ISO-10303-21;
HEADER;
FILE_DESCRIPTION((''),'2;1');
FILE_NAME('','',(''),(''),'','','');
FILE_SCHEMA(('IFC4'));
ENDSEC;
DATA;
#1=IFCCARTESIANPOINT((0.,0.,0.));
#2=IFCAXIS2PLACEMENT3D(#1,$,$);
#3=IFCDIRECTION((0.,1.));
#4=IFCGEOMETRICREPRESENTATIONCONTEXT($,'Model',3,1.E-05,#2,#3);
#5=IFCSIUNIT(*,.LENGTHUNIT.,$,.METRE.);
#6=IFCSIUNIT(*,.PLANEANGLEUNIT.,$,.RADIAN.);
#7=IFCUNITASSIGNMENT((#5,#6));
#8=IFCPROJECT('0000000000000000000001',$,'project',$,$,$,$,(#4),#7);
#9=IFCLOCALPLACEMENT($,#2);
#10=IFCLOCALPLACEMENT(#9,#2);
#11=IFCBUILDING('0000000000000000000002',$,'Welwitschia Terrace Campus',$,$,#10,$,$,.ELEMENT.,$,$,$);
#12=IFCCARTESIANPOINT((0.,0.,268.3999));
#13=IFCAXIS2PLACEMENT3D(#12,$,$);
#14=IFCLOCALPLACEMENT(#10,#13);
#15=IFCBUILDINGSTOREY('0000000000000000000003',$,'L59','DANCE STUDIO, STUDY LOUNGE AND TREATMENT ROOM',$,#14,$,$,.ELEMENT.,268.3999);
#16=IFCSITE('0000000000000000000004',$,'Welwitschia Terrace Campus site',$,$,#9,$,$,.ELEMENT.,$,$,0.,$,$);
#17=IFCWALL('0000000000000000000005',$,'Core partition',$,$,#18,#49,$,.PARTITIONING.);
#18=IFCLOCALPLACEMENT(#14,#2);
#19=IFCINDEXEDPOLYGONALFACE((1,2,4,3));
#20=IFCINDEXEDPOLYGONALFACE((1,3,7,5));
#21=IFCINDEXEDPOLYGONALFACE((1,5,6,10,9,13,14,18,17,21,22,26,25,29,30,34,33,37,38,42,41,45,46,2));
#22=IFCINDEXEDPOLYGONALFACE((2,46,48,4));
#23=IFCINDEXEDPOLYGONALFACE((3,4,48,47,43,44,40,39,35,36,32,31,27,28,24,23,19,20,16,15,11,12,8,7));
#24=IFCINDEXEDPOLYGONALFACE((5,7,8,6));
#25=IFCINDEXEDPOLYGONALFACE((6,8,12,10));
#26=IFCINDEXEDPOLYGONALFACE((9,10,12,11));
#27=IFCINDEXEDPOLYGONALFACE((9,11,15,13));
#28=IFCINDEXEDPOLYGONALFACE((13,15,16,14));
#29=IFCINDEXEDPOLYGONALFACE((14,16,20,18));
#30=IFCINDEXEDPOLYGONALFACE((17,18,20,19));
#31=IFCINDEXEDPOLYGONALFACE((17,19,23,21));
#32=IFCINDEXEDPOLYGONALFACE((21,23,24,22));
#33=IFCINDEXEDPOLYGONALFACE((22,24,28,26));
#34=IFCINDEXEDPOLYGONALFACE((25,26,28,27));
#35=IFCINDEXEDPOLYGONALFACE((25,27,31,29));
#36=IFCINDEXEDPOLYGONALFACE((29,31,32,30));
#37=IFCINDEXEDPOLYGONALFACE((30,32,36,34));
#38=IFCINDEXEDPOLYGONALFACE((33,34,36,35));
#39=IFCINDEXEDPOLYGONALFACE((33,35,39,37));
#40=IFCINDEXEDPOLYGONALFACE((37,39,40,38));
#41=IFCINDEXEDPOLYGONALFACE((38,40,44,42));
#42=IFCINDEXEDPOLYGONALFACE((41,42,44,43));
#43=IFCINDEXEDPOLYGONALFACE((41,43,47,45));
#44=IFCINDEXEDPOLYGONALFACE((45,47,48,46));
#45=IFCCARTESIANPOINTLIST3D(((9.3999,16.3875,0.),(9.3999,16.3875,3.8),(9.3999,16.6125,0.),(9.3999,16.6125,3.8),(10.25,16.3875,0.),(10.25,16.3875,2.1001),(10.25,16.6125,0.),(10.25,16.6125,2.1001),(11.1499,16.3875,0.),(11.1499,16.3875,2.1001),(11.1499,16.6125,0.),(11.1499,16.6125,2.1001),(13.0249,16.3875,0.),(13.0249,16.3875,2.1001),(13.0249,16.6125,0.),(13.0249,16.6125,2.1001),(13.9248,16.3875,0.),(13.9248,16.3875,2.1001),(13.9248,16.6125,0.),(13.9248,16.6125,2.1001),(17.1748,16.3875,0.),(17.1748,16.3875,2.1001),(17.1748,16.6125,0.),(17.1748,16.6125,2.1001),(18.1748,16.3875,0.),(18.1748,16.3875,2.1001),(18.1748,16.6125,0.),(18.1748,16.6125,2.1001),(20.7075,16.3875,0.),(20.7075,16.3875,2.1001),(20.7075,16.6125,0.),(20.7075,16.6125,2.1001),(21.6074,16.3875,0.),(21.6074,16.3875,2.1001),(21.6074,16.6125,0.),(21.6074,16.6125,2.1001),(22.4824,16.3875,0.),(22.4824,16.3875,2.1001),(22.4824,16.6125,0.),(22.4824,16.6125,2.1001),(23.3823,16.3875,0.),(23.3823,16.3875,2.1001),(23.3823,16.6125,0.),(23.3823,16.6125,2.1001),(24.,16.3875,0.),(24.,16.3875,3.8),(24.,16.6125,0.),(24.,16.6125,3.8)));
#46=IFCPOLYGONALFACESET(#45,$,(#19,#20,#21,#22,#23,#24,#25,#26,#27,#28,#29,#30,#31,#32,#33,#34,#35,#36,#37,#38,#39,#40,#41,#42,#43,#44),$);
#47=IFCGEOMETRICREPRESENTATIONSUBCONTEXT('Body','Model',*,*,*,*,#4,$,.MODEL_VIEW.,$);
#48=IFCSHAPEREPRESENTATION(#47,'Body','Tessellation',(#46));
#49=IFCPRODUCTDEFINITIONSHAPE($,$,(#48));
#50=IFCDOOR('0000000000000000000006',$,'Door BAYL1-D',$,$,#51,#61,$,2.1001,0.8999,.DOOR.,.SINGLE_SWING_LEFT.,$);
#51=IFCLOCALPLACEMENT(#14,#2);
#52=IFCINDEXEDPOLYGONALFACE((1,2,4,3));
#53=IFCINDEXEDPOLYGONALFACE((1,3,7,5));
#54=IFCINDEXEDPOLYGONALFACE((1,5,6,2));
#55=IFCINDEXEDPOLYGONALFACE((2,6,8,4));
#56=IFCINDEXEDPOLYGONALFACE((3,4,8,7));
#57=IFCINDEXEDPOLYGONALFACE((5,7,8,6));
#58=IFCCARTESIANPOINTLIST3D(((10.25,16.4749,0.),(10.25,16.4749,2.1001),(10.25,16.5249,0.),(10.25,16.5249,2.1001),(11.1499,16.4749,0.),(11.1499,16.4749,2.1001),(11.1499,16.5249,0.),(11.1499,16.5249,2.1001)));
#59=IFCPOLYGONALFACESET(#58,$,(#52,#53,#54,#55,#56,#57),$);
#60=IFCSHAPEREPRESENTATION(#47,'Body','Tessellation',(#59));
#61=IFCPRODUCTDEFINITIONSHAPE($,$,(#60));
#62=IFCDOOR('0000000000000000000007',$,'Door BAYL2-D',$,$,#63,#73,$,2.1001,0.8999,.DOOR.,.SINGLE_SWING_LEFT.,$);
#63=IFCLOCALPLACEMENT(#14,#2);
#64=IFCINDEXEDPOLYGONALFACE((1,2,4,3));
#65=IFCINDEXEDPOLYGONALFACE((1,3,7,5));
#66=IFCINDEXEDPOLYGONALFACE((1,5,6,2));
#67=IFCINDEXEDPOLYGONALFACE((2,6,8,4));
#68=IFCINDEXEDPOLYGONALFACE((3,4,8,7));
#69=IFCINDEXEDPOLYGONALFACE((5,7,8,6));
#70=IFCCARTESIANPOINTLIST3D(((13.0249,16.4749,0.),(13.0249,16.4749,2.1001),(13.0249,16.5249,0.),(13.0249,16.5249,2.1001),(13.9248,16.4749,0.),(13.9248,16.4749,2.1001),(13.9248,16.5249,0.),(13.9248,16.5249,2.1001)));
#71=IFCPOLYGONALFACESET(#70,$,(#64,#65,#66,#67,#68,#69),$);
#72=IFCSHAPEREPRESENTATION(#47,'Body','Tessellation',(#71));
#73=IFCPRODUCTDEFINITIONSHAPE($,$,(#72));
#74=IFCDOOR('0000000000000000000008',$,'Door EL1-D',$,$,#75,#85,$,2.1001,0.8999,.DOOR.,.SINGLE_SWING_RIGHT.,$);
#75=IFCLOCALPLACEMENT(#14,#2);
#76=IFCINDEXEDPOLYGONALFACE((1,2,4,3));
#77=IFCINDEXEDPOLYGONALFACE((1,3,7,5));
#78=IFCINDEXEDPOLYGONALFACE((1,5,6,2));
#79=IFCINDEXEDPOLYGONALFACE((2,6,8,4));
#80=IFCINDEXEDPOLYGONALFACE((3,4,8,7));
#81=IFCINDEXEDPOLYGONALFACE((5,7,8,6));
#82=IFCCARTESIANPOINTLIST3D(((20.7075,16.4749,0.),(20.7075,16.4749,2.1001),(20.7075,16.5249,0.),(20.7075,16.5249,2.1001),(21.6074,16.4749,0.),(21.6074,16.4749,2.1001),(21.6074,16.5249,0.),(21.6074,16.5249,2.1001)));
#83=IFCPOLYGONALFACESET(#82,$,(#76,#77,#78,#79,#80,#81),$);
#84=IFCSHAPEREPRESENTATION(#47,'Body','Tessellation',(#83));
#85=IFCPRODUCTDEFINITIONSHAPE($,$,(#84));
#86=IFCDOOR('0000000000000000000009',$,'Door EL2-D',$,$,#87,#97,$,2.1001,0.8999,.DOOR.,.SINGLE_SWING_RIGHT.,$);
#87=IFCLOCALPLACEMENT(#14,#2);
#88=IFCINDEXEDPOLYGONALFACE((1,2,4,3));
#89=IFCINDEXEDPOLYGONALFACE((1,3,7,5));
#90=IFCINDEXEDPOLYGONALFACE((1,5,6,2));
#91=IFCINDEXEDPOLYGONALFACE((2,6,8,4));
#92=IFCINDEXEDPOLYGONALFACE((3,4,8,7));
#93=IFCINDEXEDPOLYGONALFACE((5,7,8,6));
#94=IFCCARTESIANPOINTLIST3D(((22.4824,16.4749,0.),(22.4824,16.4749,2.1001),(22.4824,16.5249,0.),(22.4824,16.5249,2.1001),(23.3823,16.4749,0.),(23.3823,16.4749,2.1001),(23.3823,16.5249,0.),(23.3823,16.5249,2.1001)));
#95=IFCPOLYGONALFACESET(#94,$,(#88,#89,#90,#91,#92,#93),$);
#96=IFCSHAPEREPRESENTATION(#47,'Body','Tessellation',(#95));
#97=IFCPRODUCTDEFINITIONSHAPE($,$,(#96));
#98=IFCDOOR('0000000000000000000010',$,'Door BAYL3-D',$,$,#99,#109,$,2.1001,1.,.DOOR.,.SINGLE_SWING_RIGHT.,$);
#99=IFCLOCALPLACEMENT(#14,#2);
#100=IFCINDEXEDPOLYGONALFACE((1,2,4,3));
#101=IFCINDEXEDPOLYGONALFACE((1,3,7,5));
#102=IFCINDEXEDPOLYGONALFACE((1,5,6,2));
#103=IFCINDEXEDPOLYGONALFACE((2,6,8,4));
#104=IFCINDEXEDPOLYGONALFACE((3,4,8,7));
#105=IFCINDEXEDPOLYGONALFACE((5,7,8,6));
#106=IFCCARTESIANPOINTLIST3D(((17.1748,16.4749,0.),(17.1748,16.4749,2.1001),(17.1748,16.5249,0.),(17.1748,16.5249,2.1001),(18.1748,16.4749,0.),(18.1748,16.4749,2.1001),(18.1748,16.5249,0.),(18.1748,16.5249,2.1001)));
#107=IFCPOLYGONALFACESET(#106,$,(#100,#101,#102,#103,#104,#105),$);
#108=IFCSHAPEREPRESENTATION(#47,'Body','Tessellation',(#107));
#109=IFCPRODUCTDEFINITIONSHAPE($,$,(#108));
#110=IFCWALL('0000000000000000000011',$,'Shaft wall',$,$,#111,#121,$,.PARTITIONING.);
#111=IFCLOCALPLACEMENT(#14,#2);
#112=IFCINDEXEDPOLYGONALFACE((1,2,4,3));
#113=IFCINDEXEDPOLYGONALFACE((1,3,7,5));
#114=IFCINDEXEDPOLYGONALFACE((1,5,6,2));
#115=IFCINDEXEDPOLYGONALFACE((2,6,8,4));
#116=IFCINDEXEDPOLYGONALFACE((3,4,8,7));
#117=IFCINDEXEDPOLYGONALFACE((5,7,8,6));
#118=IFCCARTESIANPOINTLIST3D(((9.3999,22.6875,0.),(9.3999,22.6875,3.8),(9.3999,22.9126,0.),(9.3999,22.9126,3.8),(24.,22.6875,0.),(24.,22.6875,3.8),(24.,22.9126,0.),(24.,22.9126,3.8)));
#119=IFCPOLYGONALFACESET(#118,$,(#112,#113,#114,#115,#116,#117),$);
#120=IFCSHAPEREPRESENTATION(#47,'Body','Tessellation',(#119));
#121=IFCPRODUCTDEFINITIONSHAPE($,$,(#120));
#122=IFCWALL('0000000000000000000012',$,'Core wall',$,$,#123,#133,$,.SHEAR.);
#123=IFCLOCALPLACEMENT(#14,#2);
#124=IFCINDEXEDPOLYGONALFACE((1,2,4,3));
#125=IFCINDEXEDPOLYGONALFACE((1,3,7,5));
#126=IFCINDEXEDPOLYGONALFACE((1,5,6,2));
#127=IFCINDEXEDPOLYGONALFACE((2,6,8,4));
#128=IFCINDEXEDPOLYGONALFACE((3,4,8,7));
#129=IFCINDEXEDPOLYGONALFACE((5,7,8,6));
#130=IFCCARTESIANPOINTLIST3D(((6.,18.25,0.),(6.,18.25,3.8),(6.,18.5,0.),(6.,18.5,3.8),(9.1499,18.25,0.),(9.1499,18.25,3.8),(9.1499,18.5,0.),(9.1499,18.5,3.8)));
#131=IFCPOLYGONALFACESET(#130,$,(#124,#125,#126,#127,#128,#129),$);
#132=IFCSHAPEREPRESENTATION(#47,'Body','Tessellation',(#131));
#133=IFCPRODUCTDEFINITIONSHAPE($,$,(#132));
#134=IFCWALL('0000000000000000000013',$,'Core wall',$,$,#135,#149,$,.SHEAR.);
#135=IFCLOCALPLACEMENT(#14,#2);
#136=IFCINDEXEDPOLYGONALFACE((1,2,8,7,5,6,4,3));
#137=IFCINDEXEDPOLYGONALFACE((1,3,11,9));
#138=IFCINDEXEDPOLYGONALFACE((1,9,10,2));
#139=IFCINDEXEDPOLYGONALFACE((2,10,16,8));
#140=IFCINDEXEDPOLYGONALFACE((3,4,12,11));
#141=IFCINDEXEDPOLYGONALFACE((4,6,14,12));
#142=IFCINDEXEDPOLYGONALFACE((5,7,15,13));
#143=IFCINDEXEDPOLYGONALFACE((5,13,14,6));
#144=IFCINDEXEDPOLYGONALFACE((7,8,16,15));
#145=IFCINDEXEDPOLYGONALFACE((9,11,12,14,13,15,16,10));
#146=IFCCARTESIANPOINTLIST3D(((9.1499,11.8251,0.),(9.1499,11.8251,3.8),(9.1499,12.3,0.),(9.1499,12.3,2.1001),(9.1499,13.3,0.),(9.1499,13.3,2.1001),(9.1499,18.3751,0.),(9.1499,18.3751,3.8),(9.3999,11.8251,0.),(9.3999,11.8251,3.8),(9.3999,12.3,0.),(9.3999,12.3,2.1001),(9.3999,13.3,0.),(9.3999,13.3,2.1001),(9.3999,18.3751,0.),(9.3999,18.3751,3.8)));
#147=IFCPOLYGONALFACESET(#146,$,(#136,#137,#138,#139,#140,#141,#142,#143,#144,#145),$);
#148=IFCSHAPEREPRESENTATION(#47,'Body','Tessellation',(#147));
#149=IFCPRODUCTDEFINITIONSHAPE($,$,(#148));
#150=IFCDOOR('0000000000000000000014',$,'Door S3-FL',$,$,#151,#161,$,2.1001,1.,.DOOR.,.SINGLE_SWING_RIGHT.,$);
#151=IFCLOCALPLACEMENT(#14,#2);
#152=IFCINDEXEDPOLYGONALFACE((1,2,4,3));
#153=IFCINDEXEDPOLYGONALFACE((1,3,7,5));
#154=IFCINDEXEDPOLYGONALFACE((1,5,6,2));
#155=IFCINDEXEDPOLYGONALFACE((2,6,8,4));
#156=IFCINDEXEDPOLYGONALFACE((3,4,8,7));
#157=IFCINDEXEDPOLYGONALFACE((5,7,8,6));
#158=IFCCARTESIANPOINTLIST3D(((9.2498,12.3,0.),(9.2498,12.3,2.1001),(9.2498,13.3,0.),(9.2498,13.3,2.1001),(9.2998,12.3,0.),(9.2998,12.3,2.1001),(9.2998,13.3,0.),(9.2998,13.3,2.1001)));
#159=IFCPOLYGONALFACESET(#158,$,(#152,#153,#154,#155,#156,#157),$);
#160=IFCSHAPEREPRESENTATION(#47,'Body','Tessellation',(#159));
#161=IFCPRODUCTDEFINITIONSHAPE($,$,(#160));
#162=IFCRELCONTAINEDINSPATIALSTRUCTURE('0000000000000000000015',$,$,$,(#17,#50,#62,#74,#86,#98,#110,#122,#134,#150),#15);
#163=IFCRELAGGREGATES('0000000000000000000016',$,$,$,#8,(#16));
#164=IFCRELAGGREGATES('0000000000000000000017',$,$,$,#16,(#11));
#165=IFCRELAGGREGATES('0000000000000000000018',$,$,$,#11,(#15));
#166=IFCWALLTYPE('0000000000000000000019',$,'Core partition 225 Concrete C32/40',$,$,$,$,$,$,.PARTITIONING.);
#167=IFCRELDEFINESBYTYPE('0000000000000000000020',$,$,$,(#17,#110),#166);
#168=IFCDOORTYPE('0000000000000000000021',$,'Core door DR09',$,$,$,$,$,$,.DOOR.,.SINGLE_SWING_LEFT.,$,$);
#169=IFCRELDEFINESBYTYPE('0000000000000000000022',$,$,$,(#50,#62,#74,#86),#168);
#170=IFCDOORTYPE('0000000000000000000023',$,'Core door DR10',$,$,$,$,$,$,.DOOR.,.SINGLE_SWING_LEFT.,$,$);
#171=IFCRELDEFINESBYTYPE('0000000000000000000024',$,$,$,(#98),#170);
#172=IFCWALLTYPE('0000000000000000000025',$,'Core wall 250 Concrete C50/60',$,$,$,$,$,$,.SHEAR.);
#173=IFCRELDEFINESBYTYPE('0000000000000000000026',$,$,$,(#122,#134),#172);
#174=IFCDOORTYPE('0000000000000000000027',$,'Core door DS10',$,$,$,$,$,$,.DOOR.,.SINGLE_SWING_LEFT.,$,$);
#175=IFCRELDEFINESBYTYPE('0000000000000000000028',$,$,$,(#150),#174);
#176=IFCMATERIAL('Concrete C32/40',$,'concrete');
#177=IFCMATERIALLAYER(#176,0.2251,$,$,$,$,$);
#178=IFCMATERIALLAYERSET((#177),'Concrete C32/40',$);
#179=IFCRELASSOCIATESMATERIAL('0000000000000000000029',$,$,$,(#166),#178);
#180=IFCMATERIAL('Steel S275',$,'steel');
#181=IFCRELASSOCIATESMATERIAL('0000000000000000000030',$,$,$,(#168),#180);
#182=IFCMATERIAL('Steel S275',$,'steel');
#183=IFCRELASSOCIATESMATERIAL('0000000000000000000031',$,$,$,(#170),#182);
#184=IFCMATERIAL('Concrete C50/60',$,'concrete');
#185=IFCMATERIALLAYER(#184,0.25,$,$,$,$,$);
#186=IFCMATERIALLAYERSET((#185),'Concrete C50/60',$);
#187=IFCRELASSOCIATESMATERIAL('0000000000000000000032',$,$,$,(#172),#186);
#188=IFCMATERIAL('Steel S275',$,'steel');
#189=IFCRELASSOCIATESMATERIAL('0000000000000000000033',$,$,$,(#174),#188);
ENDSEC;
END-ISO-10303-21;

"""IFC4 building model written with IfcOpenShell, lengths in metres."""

from ifc_helpers import new_model, si_unit, direction, frame, frame_2d, origin, place, context, subcontext, project, spatial, rectangle, extrude, material, layer, layer_set, type_object, element, fill, save


model = new_model("IFC4")

# Units and contexts
model_context = context("Model", 3, precision=1e-05, world=origin(), true_north=direction((0.0, 1.0)))
body_context = subcontext(model_context, "Body", "Model", "MODEL_VIEW")
ifc_project = project(units=[si_unit("LENGTHUNIT", "METRE"), si_unit("PLANEANGLEUNIT", "RADIAN")], contexts=[model_context])

# Site, building, storey
site_placement = place(None, origin())
site = spatial("IfcSite", under=ifc_project, at=site_placement, Name="Welwitschia Terrace Campus site", CompositionType="ELEMENT", RefElevation=0.0)
building_placement = place(site_placement, origin())
building = spatial("IfcBuilding", under=site, at=building_placement, Name="Welwitschia Terrace Campus", CompositionType="ELEMENT")
storey_placement = place(building_placement, frame((0.0, 0.0, 268.3999)))
storey = spatial("IfcBuildingStorey", under=building, at=storey_placement, Name="L59", Description="DANCE STUDIO, STUDY LOUNGE AND TREATMENT ROOM", CompositionType="ELEMENT", Elevation=268.3999)

# Wall, openings, doors
ifc_material_1 = material(Name="Concrete C32/40", Category="concrete")
ifc_layer_1 = layer(ifc_material_1, 0.2251)
ifc_layer_set_1 = layer_set([ifc_layer_1], Name="Concrete C32/40")
wall_type_1 = type_object("IfcWallType", Name="Core partition 225 Concrete C32/40", PredefinedType="PARTITIONING", material=ifc_layer_set_1)
wall_1_placement = place(storey_placement, frame((9.3999, 16.5, 0.0), z_axis=(0.0, 0.0, 1.0), x_axis=(1.0, 0.0, 0.0)))
wall_1 = element("IfcWall", 1, at=wall_1_placement, inside=storey, type_object=wall_type_1, Name="Core partition", PredefinedType="PARTITIONING", context=body_context, shape_type="SweptSolid", body=[
    extrude(rectangle(XDim=14.6001, YDim=0.2251, at=frame_2d((7.3, 0.0))), origin(), (0.0, 0.0, 1.0), 3.8),
])
opening_1_placement = place(wall_1_placement, frame((0.8501, 0.0, 0.0)))
opening_1 = element("IfcOpeningElement", 2, at=opening_1_placement, cuts=wall_1, PredefinedType="OPENING", context=body_context, shape_type="SweptSolid", body=[
    extrude(rectangle(XDim=0.8999, YDim=2.1001, at=frame_2d((0.45, 1.05))), frame((0.0, 0.1226, 0.0), z_axis=(0.0, -1.0, 0.0), x_axis=(1.0, 0.0, 0.0)), (0.0, 0.0, 1.0), 0.2451),
])
opening_2_placement = place(wall_1_placement, frame((3.625, 0.0, 0.0)))
opening_2 = element("IfcOpeningElement", 3, at=opening_2_placement, cuts=wall_1, PredefinedType="OPENING", context=body_context, shape_type="SweptSolid", body=[
    extrude(rectangle(XDim=0.8999, YDim=2.1001, at=frame_2d((0.45, 1.05))), frame((0.0, 0.1226, 0.0), z_axis=(0.0, -1.0, 0.0), x_axis=(1.0, 0.0, 0.0)), (0.0, 0.0, 1.0), 0.2451),
])
opening_3_placement = place(wall_1_placement, frame((7.7749, 0.0, 0.0)))
opening_3 = element("IfcOpeningElement", 4, at=opening_3_placement, cuts=wall_1, PredefinedType="OPENING", context=body_context, shape_type="SweptSolid", body=[
    extrude(rectangle(XDim=1.0, YDim=2.1001, at=frame_2d((0.5, 1.05))), frame((0.0, 0.1226, 0.0), z_axis=(0.0, -1.0, 0.0), x_axis=(1.0, 0.0, 0.0)), (0.0, 0.0, 1.0), 0.2451),
])
opening_4_placement = place(wall_1_placement, frame((11.3076, 0.0, 0.0)))
opening_4 = element("IfcOpeningElement", 5, at=opening_4_placement, cuts=wall_1, PredefinedType="OPENING", context=body_context, shape_type="SweptSolid", body=[
    extrude(rectangle(XDim=0.8999, YDim=2.1001, at=frame_2d((0.45, 1.05))), frame((0.0, 0.1226, 0.0), z_axis=(0.0, -1.0, 0.0), x_axis=(1.0, 0.0, 0.0)), (0.0, 0.0, 1.0), 0.2451),
])
opening_5_placement = place(wall_1_placement, frame((13.0825, 0.0, 0.0)))
opening_5 = element("IfcOpeningElement", 6, at=opening_5_placement, cuts=wall_1, PredefinedType="OPENING", context=body_context, shape_type="SweptSolid", body=[
    extrude(rectangle(XDim=0.8999, YDim=2.1001, at=frame_2d((0.45, 1.05))), frame((0.0, 0.1226, 0.0), z_axis=(0.0, -1.0, 0.0), x_axis=(1.0, 0.0, 0.0)), (0.0, 0.0, 1.0), 0.2451),
])
ifc_material_2 = material(Name="Steel S275", Category="steel")
door_type_1 = type_object("IfcDoorType", Name="Core door DR09", OperationType="SINGLE_SWING_LEFT", PredefinedType="DOOR", material=ifc_material_2)
door_1_placement = place(opening_1_placement, origin())
door_1 = element("IfcDoor", 7, at=door_1_placement, inside=storey, type_object=door_type_1, Name="Door BAYL1-D", OperationType="SINGLE_SWING_LEFT", OverallHeight=2.1001, OverallWidth=0.8999, PredefinedType="DOOR", context=body_context, shape_type="SweptSolid", body=[
    extrude(rectangle(XDim=0.8999, YDim=2.1001, at=frame_2d((0.45, 1.05))), frame((0.0, 0.0249, 0.0), z_axis=(0.0, -1.0, 0.0), x_axis=(1.0, 0.0, 0.0)), (0.0, 0.0, 1.0), 0.05),
])
fill(opening_1, door_1)
door_2_placement = place(opening_2_placement, origin())
door_2 = element("IfcDoor", 8, at=door_2_placement, inside=storey, type_object=door_type_1, Name="Door BAYL2-D", OperationType="SINGLE_SWING_LEFT", OverallHeight=2.1001, OverallWidth=0.8999, PredefinedType="DOOR", context=body_context, shape_type="SweptSolid", body=[
    extrude(rectangle(XDim=0.8999, YDim=2.1001, at=frame_2d((0.45, 1.05))), frame((0.0, 0.0249, 0.0), z_axis=(0.0, -1.0, 0.0), x_axis=(1.0, 0.0, 0.0)), (0.0, 0.0, 1.0), 0.05),
])
fill(opening_2, door_2)
door_3_placement = place(opening_4_placement, origin())
door_3 = element("IfcDoor", 9, at=door_3_placement, inside=storey, type_object=door_type_1, Name="Door EL1-D", OperationType="SINGLE_SWING_RIGHT", OverallHeight=2.1001, OverallWidth=0.8999, PredefinedType="DOOR", context=body_context, shape_type="SweptSolid", body=[
    extrude(rectangle(XDim=0.8999, YDim=2.1001, at=frame_2d((0.45, 1.05))), frame((0.0, 0.0249, 0.0), z_axis=(0.0, -1.0, 0.0), x_axis=(1.0, 0.0, 0.0)), (0.0, 0.0, 1.0), 0.05),
])
fill(opening_4, door_3)
door_4_placement = place(opening_5_placement, origin())
door_4 = element("IfcDoor", 10, at=door_4_placement, inside=storey, type_object=door_type_1, Name="Door EL2-D", OperationType="SINGLE_SWING_RIGHT", OverallHeight=2.1001, OverallWidth=0.8999, PredefinedType="DOOR", context=body_context, shape_type="SweptSolid", body=[
    extrude(rectangle(XDim=0.8999, YDim=2.1001, at=frame_2d((0.45, 1.05))), frame((0.0, 0.0249, 0.0), z_axis=(0.0, -1.0, 0.0), x_axis=(1.0, 0.0, 0.0)), (0.0, 0.0, 1.0), 0.05),
])
fill(opening_5, door_4)
ifc_material_3 = material(Name="Steel S275", Category="steel")
door_type_2 = type_object("IfcDoorType", Name="Core door DR10", OperationType="SINGLE_SWING_LEFT", PredefinedType="DOOR", material=ifc_material_3)
door_5_placement = place(opening_3_placement, origin())
door_5 = element("IfcDoor", 11, at=door_5_placement, inside=storey, type_object=door_type_2, Name="Door BAYL3-D", OperationType="SINGLE_SWING_RIGHT", OverallHeight=2.1001, OverallWidth=1.0, PredefinedType="DOOR", context=body_context, shape_type="SweptSolid", body=[
    extrude(rectangle(XDim=1.0, YDim=2.1001, at=frame_2d((0.5, 1.05))), frame((0.0, 0.0249, 0.0), z_axis=(0.0, -1.0, 0.0), x_axis=(1.0, 0.0, 0.0)), (0.0, 0.0, 1.0), 0.05),
])
fill(opening_3, door_5)

# Walls
wall_2_placement = place(storey_placement, frame((9.3999, 22.8, 0.0), z_axis=(0.0, 0.0, 1.0), x_axis=(1.0, 0.0, 0.0)))
element("IfcWall", 12, at=wall_2_placement, inside=storey, type_object=wall_type_1, Name="Shaft wall", PredefinedType="PARTITIONING", context=body_context, shape_type="SweptSolid", body=[
    extrude(rectangle(XDim=14.6001, YDim=0.2251, at=frame_2d((7.3, 0.0))), origin(), (0.0, 0.0, 1.0), 3.8),
])
ifc_material_4 = material(Name="Concrete C50/60", Category="concrete")
ifc_layer_2 = layer(ifc_material_4, 0.25)
ifc_layer_set_2 = layer_set([ifc_layer_2], Name="Concrete C50/60")
wall_type_2 = type_object("IfcWallType", Name="Core wall 250 Concrete C50/60", PredefinedType="SHEAR", material=ifc_layer_set_2)
wall_3_placement = place(storey_placement, frame((6.0, 18.375, 0.0), z_axis=(0.0, 0.0, 1.0), x_axis=(1.0, 0.0, 0.0)))
element("IfcWall", 13, at=wall_3_placement, inside=storey, type_object=wall_type_2, Name="Core wall", PredefinedType="SHEAR", context=body_context, shape_type="SweptSolid", body=[
    extrude(rectangle(XDim=3.1499, YDim=0.25, at=frame_2d((1.575, 0.0))), origin(), (0.0, 0.0, 1.0), 3.8),
])

# Wall, opening, door
wall_4_placement = place(storey_placement, frame((9.2749, 18.375, 0.0), z_axis=(0.0, 0.0, 1.0), x_axis=(0.0, -1.0, 0.0)))
wall_4 = element("IfcWall", 14, at=wall_4_placement, inside=storey, type_object=wall_type_2, Name="Core wall", PredefinedType="SHEAR", context=body_context, shape_type="SweptSolid", body=[
    extrude(rectangle(XDim=6.55, YDim=0.25, at=frame_2d((3.2749, 0.0))), origin(), (0.0, 0.0, 1.0), 3.8),
])
opening_6_placement = place(wall_4_placement, frame((5.075, 0.0, 0.0)))
opening_6 = element("IfcOpeningElement", 15, at=opening_6_placement, cuts=wall_4, PredefinedType="OPENING", context=body_context, shape_type="SweptSolid", body=[
    extrude(rectangle(XDim=1.0, YDim=2.1001, at=frame_2d((0.5, 1.05))), frame((0.0, 0.135, 0.0), z_axis=(0.0, -1.0, 0.0), x_axis=(1.0, 0.0, 0.0)), (0.0, 0.0, 1.0), 0.27),
])
ifc_material_5 = material(Name="Steel S275", Category="steel")
door_type_3 = type_object("IfcDoorType", Name="Core door DS10", OperationType="SINGLE_SWING_LEFT", PredefinedType="DOOR", material=ifc_material_5)
door_6_placement = place(opening_6_placement, origin())
door_6 = element("IfcDoor", 16, at=door_6_placement, inside=storey, type_object=door_type_3, Name="Door S3-FL", OperationType="SINGLE_SWING_RIGHT", OverallHeight=2.1001, OverallWidth=1.0, PredefinedType="DOOR", context=body_context, shape_type="SweptSolid", body=[
    extrude(rectangle(XDim=1.0, YDim=2.1001, at=frame_2d((0.5, 1.05))), frame((0.0, 0.0249, 0.0), z_axis=(0.0, -1.0, 0.0), x_axis=(1.0, 0.0, 0.0)), (0.0, 0.0, 1.0), 0.05),
])
fill(opening_6, door_6)

save(model, "model.ifc")
